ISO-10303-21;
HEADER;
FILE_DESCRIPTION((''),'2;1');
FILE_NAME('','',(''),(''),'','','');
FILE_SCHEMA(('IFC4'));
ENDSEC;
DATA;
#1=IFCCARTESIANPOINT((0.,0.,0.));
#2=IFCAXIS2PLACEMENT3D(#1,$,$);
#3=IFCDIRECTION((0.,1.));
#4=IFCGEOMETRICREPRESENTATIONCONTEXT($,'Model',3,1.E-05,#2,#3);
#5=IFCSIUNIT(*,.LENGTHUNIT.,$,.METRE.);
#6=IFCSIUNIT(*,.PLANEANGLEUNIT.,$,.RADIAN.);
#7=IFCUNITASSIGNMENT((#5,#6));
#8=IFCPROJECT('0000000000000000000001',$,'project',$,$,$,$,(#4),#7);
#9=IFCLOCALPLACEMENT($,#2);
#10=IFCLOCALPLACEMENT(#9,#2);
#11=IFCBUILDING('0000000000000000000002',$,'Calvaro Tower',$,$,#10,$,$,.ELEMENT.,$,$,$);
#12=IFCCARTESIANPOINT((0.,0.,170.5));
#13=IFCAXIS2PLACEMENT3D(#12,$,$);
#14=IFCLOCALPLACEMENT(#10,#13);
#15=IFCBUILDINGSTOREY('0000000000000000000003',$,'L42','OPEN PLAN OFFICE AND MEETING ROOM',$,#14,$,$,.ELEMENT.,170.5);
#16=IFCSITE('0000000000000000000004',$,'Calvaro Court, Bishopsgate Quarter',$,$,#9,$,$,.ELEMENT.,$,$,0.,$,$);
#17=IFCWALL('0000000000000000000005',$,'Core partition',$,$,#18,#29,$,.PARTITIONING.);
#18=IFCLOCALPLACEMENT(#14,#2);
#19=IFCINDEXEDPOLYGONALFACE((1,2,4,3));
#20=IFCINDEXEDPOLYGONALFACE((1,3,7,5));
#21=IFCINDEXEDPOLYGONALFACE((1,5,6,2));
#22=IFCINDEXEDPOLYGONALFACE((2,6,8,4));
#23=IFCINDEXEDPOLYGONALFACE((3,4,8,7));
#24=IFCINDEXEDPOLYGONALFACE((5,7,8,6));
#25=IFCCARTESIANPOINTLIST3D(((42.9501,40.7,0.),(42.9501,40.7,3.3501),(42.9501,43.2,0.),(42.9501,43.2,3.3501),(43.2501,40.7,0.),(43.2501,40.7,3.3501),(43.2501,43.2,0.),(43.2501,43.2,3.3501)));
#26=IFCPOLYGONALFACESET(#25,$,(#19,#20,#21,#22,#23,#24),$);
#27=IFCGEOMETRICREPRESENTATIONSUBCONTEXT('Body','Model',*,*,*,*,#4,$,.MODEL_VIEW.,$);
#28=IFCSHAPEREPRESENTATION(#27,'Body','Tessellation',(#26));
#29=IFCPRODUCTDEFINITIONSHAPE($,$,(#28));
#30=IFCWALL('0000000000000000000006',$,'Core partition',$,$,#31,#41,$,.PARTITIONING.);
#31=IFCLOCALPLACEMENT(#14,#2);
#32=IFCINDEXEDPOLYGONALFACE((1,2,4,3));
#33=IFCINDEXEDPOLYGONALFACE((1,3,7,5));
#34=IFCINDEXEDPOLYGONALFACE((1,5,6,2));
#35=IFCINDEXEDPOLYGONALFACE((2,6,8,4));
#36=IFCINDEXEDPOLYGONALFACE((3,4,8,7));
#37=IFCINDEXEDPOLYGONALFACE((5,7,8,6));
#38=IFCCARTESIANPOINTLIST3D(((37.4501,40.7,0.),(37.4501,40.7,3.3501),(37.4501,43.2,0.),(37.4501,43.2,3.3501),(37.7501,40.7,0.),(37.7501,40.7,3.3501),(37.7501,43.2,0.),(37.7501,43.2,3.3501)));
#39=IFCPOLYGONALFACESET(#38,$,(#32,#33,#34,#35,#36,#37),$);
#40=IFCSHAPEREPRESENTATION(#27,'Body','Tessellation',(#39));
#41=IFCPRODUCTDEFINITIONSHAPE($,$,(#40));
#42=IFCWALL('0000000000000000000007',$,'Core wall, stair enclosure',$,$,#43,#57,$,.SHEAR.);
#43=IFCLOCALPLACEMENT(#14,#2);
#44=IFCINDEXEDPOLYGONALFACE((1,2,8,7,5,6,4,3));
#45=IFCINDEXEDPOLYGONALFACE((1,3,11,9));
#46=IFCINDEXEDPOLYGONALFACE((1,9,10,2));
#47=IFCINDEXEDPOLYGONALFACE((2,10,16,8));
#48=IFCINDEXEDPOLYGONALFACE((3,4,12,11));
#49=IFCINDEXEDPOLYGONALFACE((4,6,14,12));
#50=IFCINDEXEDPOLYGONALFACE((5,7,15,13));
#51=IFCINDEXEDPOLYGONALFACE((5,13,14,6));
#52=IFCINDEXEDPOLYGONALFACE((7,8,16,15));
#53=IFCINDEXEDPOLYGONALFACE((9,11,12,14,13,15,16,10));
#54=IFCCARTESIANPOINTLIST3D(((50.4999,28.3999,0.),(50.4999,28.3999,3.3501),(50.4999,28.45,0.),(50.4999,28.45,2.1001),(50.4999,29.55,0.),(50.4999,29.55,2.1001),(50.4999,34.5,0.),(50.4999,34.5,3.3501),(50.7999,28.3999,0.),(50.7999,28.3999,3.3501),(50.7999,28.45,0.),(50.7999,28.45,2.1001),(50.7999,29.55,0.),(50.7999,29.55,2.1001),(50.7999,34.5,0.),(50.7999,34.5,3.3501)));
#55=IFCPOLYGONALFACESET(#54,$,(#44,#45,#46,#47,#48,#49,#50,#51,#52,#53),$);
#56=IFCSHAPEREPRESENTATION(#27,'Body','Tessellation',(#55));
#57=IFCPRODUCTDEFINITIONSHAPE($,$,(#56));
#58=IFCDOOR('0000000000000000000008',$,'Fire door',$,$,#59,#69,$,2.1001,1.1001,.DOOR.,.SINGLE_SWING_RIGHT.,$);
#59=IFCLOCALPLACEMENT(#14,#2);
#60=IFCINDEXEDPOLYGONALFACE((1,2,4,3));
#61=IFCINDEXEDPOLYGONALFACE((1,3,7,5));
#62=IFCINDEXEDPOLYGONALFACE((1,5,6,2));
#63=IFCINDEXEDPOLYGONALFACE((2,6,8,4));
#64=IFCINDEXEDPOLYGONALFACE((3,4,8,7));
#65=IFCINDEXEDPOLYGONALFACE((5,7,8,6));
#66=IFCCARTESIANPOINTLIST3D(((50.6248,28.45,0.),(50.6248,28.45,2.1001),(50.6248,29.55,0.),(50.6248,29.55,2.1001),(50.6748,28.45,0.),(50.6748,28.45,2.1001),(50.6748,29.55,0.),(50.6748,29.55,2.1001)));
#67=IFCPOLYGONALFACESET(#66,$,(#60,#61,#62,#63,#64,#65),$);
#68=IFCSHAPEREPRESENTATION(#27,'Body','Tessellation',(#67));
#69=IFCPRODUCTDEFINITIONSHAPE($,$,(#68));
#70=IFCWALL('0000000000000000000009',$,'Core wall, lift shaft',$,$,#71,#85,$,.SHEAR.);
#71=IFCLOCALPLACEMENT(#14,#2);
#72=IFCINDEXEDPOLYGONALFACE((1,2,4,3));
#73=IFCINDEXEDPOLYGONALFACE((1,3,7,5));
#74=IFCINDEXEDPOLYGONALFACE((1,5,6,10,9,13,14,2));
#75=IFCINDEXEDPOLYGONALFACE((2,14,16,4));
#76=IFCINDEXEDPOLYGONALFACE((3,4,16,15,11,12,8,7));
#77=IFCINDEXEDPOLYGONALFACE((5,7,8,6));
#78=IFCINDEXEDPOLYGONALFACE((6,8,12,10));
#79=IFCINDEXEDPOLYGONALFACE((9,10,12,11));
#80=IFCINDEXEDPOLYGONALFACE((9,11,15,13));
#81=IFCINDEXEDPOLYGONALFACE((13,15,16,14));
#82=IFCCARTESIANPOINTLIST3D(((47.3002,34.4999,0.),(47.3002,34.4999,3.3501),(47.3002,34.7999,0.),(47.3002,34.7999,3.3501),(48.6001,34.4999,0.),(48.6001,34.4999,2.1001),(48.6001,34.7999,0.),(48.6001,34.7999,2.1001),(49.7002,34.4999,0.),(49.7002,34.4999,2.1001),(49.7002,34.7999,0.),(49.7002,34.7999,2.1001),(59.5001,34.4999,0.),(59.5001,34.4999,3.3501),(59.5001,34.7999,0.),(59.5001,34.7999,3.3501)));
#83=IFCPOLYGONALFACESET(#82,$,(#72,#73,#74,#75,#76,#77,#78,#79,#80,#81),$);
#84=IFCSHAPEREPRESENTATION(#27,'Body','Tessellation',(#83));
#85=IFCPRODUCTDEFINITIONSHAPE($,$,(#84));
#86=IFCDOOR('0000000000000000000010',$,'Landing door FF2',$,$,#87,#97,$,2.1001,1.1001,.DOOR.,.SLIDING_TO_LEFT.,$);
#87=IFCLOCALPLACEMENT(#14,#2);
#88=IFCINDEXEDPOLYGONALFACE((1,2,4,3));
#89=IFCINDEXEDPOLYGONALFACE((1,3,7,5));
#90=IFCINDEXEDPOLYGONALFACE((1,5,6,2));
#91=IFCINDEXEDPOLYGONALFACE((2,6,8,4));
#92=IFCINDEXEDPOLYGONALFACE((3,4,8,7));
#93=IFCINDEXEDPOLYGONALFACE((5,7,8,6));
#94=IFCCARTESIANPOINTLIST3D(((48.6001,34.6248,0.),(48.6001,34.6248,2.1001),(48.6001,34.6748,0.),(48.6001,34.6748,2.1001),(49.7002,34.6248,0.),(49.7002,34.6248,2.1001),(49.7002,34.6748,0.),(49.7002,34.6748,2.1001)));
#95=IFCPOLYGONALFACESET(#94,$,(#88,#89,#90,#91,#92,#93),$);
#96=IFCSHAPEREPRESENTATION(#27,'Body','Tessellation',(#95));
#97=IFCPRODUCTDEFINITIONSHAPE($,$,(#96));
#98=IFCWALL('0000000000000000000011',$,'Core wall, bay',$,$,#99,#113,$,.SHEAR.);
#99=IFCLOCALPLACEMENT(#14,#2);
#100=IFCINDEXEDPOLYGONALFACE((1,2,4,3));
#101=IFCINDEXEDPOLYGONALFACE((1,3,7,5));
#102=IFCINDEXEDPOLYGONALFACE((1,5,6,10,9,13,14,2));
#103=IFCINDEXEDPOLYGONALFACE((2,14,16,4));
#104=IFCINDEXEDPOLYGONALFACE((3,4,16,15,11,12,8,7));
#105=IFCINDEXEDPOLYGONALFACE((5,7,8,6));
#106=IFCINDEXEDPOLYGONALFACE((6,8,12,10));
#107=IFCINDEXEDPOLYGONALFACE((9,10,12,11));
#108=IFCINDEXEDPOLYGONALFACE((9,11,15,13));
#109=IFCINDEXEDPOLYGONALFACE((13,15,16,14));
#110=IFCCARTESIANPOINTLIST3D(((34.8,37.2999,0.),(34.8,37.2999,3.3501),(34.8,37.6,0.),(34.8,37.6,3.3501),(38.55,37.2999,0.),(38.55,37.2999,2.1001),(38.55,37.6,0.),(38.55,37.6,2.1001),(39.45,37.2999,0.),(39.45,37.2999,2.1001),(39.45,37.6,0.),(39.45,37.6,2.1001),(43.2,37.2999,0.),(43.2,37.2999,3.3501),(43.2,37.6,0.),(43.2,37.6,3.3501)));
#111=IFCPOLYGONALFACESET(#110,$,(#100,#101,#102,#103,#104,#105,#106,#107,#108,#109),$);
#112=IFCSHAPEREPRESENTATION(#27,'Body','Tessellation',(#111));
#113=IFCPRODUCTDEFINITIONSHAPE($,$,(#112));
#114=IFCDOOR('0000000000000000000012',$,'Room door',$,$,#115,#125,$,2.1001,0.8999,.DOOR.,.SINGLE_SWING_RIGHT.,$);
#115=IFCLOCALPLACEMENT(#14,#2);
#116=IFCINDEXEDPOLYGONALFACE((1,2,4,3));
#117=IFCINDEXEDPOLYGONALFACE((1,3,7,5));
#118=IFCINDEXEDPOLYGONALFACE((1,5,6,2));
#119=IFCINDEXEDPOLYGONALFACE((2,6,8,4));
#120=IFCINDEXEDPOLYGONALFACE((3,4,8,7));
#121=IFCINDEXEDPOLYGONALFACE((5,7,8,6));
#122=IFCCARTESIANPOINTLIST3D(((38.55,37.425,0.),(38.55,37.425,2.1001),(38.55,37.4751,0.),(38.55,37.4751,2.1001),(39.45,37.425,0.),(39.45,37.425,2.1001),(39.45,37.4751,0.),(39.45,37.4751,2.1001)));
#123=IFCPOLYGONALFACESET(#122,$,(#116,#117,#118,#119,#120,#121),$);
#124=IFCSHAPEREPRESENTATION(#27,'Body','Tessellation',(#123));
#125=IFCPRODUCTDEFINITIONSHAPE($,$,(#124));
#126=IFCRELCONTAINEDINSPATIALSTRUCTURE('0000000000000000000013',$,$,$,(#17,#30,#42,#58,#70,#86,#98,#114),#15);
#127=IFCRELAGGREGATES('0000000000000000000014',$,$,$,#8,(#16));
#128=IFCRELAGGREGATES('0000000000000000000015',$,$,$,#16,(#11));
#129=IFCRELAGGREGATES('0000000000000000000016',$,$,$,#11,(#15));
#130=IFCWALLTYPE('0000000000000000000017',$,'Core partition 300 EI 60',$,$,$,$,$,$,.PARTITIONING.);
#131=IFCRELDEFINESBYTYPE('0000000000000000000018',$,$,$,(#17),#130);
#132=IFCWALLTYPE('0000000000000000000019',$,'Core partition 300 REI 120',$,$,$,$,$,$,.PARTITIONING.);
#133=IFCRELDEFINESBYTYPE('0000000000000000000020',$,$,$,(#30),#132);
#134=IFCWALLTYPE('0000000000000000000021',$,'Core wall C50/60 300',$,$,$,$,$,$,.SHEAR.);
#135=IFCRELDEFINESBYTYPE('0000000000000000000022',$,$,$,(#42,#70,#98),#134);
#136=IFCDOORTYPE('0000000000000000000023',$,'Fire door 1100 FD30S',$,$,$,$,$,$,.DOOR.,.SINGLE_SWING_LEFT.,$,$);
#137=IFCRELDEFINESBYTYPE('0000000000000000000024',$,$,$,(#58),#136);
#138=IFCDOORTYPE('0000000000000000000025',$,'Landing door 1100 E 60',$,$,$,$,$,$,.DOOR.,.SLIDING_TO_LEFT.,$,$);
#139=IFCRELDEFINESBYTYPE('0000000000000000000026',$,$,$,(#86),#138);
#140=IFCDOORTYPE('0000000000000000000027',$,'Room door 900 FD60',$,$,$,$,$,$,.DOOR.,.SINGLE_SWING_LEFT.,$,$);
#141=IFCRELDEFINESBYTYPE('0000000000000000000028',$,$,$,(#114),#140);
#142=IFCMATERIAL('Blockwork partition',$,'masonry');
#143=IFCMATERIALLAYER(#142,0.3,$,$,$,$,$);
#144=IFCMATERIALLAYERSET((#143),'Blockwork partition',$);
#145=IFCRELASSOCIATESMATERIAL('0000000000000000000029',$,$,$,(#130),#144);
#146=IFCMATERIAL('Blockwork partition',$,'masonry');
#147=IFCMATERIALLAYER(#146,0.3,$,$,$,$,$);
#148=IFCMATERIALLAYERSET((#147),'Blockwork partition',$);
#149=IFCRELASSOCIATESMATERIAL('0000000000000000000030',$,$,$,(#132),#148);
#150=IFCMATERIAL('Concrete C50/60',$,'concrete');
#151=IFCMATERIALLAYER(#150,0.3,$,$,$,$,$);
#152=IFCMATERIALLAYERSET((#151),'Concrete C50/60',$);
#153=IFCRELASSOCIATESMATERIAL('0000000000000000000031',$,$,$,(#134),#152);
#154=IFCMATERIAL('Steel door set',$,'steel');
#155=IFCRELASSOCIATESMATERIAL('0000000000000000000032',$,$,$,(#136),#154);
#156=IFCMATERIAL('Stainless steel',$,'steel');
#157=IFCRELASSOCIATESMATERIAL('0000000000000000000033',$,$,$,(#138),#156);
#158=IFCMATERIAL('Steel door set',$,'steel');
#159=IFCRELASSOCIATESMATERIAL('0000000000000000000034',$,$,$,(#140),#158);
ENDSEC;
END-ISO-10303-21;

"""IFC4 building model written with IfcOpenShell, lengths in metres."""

from ifc_helpers import new_model, si_unit, direction, frame, frame_2d, origin, place, context, subcontext, project, spatial, rectangle, extrude, material, layer, layer_set, type_object, element, fill, save


model = new_model("IFC4")

# Units and contexts
model_context = context("Model", 3, precision=1e-05, world=origin(), true_north=direction((0.0, 1.0)))
body_context = subcontext(model_context, "Body", "Model", "MODEL_VIEW")
ifc_project = project(units=[si_unit("LENGTHUNIT", "METRE"), si_unit("PLANEANGLEUNIT", "RADIAN")], contexts=[model_context])

# Site, building, storey
site_placement = place(None, origin())
site = spatial("IfcSite", under=ifc_project, at=site_placement, Name="Calvaro Court, Bishopsgate Quarter", CompositionType="ELEMENT", RefElevation=0.0)
building_placement = place(site_placement, origin())
building = spatial("IfcBuilding", under=site, at=building_placement, Name="Calvaro Tower", CompositionType="ELEMENT")
storey_placement = place(building_placement, frame((0.0, 0.0, 170.5)))
storey = spatial("IfcBuildingStorey", under=building, at=storey_placement, Name="L42", Description="OPEN PLAN OFFICE AND MEETING ROOM", CompositionType="ELEMENT", Elevation=170.5)

# Walls
ifc_material_1 = material(Name="Blockwork partition", Category="masonry")
ifc_layer_1 = layer(ifc_material_1, 0.3)
ifc_layer_set_1 = layer_set([ifc_layer_1], Name="Blockwork partition")
wall_type_1 = type_object("IfcWallType", Name="Core partition 300 EI 60", PredefinedType="PARTITIONING", material=ifc_layer_set_1)
wall_1_placement = place(storey_placement, frame((43.1001, 40.7, 0.0), z_axis=(0.0, 0.0, 1.0), x_axis=(0.0, 1.0, 0.0)))
element("IfcWall", 1, at=wall_1_placement, inside=storey, type_object=wall_type_1, Name="Core partition", PredefinedType="PARTITIONING", context=body_context, shape_type="SweptSolid", body=[
    extrude(rectangle(XDim=2.5, YDim=0.3, at=frame_2d((1.25, 0.0))), origin(), (0.0, 0.0, 1.0), 3.3501),
])
ifc_material_2 = material(Name="Blockwork partition", Category="masonry")
ifc_layer_2 = layer(ifc_material_2, 0.3)
ifc_layer_set_2 = layer_set([ifc_layer_2], Name="Blockwork partition")
wall_type_2 = type_object("IfcWallType", Name="Core partition 300 REI 120", PredefinedType="PARTITIONING", material=ifc_layer_set_2)
wall_2_placement = place(storey_placement, frame((37.6001, 40.7, 0.0), z_axis=(0.0, 0.0, 1.0), x_axis=(0.0, 1.0, 0.0)))
element("IfcWall", 2, at=wall_2_placement, inside=storey, type_object=wall_type_2, Name="Core partition", PredefinedType="PARTITIONING", context=body_context, shape_type="SweptSolid", body=[
    extrude(rectangle(XDim=2.5, YDim=0.3, at=frame_2d((1.25, 0.0))), origin(), (0.0, 0.0, 1.0), 3.3501),
])

# Walls, openings, doors
ifc_material_3 = material(Name="Concrete C50/60", Category="concrete")
ifc_layer_3 = layer(ifc_material_3, 0.3)
ifc_layer_set_3 = layer_set([ifc_layer_3], Name="Concrete C50/60")
wall_type_3 = type_object("IfcWallType", Name="Core wall C50/60 300", PredefinedType="SHEAR", material=ifc_layer_set_3)
wall_3_placement = place(storey_placement, frame((50.6499, 34.5, 0.0), z_axis=(0.0, 0.0, 1.0), x_axis=(0.0, -1.0, 0.0)))
wall_3 = element("IfcWall", 3, at=wall_3_placement, inside=storey, type_object=wall_type_3, Name="Core wall, stair enclosure", PredefinedType="SHEAR", context=body_context, shape_type="SweptSolid", body=[
    extrude(rectangle(XDim=6.1001, YDim=0.3, at=frame_2d((3.05, 0.0))), origin(), (0.0, 0.0, 1.0), 3.3501),
])
opening_1_placement = place(wall_3_placement, frame((4.95, 0.0, 0.0)))
opening_1 = element("IfcOpeningElement", 4, at=opening_1_placement, cuts=wall_3, PredefinedType="OPENING", context=body_context, shape_type="SweptSolid", body=[
    extrude(rectangle(XDim=1.1001, YDim=2.1001, at=frame_2d((0.55, 1.05))), frame((0.0, 0.1599, 0.0), z_axis=(0.0, -1.0, 0.0), x_axis=(1.0, 0.0, 0.0)), (0.0, 0.0, 1.0), 0.3201),
])
ifc_material_4 = material(Name="Steel door set", Category="steel")
door_type_1 = type_object("IfcDoorType", Name="Fire door 1100 FD30S", OperationType="SINGLE_SWING_LEFT", PredefinedType="DOOR", material=ifc_material_4)
door_1_placement = place(opening_1_placement, origin())
door_1 = element("IfcDoor", 5, at=door_1_placement, inside=storey, type_object=door_type_1, Name="Fire door", OperationType="SINGLE_SWING_RIGHT", OverallHeight=2.1001, OverallWidth=1.1001, PredefinedType="DOOR", context=body_context, shape_type="SweptSolid", body=[
    extrude(rectangle(XDim=1.1001, YDim=2.1001, at=frame_2d((0.55, 1.05))), frame((0.0, 0.0249, 0.0), z_axis=(0.0, -1.0, 0.0), x_axis=(1.0, 0.0, 0.0)), (0.0, 0.0, 1.0), 0.05),
])
fill(opening_1, door_1)
wall_4_placement = place(storey_placement, frame((47.3, 34.6499, 0.0), z_axis=(0.0, 0.0, 1.0), x_axis=(1.0, 0.0, 0.0)))
wall_4 = element("IfcWall", 6, at=wall_4_placement, inside=storey, type_object=wall_type_3, Name="Core wall, lift shaft", PredefinedType="SHEAR", context=body_context, shape_type="SweptSolid", body=[
    extrude(rectangle(XDim=12.2, YDim=0.3, at=frame_2d((6.1001, 0.0))), origin(), (0.0, 0.0, 1.0), 3.3501),
])
opening_2_placement = place(wall_4_placement, frame((1.3, 0.0, 0.0)))
opening_2 = element("IfcOpeningElement", 7, at=opening_2_placement, cuts=wall_4, PredefinedType="OPENING", context=body_context, shape_type="SweptSolid", body=[
    extrude(rectangle(XDim=1.1001, YDim=2.1001, at=frame_2d((0.55, 1.05))), frame((0.0, 0.1599, 0.0), z_axis=(0.0, -1.0, 0.0), x_axis=(1.0, 0.0, 0.0)), (0.0, 0.0, 1.0), 0.3201),
])
ifc_material_5 = material(Name="Stainless steel", Category="steel")
door_type_2 = type_object("IfcDoorType", Name="Landing door 1100 E 60", OperationType="SLIDING_TO_LEFT", PredefinedType="DOOR", material=ifc_material_5)
door_2_placement = place(opening_2_placement, origin())
door_2 = element("IfcDoor", 8, at=door_2_placement, inside=storey, type_object=door_type_2, Name="Landing door FF2", OperationType="SLIDING_TO_LEFT", OverallHeight=2.1001, OverallWidth=1.1001, PredefinedType="DOOR", context=body_context, shape_type="SweptSolid", body=[
    extrude(rectangle(XDim=1.1001, YDim=2.1001, at=frame_2d((0.55, 1.05))), frame((0.0, 0.0249, 0.0), z_axis=(0.0, -1.0, 0.0), x_axis=(1.0, 0.0, 0.0)), (0.0, 0.0, 1.0), 0.05),
])
fill(opening_2, door_2)
wall_5_placement = place(storey_placement, frame((43.2, 37.45, 0.0), z_axis=(0.0, 0.0, 1.0), x_axis=(-1.0, 0.0, 0.0)))
wall_5 = element("IfcWall", 9, at=wall_5_placement, inside=storey, type_object=wall_type_3, Name="Core wall, bay", PredefinedType="SHEAR", context=body_context, shape_type="SweptSolid", body=[
    extrude(rectangle(XDim=8.3999, YDim=0.3, at=frame_2d((4.2, 0.0))), origin(), (0.0, 0.0, 1.0), 3.3501),
])
opening_3_placement = place(wall_5_placement, frame((3.75, 0.0, 0.0)))
opening_3 = element("IfcOpeningElement", 10, at=opening_3_placement, cuts=wall_5, PredefinedType="OPENING", context=body_context, shape_type="SweptSolid", body=[
    extrude(rectangle(XDim=0.8999, YDim=2.1001, at=frame_2d((0.45, 1.05))), frame((0.0, 0.1599, 0.0), z_axis=(0.0, -1.0, 0.0), x_axis=(1.0, 0.0, 0.0)), (0.0, 0.0, 1.0), 0.3201),
])
ifc_material_6 = material(Name="Steel door set", Category="steel")
door_type_3 = type_object("IfcDoorType", Name="Room door 900 FD60", OperationType="SINGLE_SWING_LEFT", PredefinedType="DOOR", material=ifc_material_6)
door_3_placement = place(opening_3_placement, origin())
door_3 = element("IfcDoor", 11, at=door_3_placement, inside=storey, type_object=door_type_3, Name="Room door", OperationType="SINGLE_SWING_RIGHT", OverallHeight=2.1001, OverallWidth=0.8999, PredefinedType="DOOR", context=body_context, shape_type="SweptSolid", body=[
    extrude(rectangle(XDim=0.8999, YDim=2.1001, at=frame_2d((0.45, 1.05))), frame((0.0, 0.0249, 0.0), z_axis=(0.0, -1.0, 0.0), x_axis=(1.0, 0.0, 0.0)), (0.0, 0.0, 1.0), 0.05),
])
fill(opening_3, door_3)

save(model, "model.ifc")
